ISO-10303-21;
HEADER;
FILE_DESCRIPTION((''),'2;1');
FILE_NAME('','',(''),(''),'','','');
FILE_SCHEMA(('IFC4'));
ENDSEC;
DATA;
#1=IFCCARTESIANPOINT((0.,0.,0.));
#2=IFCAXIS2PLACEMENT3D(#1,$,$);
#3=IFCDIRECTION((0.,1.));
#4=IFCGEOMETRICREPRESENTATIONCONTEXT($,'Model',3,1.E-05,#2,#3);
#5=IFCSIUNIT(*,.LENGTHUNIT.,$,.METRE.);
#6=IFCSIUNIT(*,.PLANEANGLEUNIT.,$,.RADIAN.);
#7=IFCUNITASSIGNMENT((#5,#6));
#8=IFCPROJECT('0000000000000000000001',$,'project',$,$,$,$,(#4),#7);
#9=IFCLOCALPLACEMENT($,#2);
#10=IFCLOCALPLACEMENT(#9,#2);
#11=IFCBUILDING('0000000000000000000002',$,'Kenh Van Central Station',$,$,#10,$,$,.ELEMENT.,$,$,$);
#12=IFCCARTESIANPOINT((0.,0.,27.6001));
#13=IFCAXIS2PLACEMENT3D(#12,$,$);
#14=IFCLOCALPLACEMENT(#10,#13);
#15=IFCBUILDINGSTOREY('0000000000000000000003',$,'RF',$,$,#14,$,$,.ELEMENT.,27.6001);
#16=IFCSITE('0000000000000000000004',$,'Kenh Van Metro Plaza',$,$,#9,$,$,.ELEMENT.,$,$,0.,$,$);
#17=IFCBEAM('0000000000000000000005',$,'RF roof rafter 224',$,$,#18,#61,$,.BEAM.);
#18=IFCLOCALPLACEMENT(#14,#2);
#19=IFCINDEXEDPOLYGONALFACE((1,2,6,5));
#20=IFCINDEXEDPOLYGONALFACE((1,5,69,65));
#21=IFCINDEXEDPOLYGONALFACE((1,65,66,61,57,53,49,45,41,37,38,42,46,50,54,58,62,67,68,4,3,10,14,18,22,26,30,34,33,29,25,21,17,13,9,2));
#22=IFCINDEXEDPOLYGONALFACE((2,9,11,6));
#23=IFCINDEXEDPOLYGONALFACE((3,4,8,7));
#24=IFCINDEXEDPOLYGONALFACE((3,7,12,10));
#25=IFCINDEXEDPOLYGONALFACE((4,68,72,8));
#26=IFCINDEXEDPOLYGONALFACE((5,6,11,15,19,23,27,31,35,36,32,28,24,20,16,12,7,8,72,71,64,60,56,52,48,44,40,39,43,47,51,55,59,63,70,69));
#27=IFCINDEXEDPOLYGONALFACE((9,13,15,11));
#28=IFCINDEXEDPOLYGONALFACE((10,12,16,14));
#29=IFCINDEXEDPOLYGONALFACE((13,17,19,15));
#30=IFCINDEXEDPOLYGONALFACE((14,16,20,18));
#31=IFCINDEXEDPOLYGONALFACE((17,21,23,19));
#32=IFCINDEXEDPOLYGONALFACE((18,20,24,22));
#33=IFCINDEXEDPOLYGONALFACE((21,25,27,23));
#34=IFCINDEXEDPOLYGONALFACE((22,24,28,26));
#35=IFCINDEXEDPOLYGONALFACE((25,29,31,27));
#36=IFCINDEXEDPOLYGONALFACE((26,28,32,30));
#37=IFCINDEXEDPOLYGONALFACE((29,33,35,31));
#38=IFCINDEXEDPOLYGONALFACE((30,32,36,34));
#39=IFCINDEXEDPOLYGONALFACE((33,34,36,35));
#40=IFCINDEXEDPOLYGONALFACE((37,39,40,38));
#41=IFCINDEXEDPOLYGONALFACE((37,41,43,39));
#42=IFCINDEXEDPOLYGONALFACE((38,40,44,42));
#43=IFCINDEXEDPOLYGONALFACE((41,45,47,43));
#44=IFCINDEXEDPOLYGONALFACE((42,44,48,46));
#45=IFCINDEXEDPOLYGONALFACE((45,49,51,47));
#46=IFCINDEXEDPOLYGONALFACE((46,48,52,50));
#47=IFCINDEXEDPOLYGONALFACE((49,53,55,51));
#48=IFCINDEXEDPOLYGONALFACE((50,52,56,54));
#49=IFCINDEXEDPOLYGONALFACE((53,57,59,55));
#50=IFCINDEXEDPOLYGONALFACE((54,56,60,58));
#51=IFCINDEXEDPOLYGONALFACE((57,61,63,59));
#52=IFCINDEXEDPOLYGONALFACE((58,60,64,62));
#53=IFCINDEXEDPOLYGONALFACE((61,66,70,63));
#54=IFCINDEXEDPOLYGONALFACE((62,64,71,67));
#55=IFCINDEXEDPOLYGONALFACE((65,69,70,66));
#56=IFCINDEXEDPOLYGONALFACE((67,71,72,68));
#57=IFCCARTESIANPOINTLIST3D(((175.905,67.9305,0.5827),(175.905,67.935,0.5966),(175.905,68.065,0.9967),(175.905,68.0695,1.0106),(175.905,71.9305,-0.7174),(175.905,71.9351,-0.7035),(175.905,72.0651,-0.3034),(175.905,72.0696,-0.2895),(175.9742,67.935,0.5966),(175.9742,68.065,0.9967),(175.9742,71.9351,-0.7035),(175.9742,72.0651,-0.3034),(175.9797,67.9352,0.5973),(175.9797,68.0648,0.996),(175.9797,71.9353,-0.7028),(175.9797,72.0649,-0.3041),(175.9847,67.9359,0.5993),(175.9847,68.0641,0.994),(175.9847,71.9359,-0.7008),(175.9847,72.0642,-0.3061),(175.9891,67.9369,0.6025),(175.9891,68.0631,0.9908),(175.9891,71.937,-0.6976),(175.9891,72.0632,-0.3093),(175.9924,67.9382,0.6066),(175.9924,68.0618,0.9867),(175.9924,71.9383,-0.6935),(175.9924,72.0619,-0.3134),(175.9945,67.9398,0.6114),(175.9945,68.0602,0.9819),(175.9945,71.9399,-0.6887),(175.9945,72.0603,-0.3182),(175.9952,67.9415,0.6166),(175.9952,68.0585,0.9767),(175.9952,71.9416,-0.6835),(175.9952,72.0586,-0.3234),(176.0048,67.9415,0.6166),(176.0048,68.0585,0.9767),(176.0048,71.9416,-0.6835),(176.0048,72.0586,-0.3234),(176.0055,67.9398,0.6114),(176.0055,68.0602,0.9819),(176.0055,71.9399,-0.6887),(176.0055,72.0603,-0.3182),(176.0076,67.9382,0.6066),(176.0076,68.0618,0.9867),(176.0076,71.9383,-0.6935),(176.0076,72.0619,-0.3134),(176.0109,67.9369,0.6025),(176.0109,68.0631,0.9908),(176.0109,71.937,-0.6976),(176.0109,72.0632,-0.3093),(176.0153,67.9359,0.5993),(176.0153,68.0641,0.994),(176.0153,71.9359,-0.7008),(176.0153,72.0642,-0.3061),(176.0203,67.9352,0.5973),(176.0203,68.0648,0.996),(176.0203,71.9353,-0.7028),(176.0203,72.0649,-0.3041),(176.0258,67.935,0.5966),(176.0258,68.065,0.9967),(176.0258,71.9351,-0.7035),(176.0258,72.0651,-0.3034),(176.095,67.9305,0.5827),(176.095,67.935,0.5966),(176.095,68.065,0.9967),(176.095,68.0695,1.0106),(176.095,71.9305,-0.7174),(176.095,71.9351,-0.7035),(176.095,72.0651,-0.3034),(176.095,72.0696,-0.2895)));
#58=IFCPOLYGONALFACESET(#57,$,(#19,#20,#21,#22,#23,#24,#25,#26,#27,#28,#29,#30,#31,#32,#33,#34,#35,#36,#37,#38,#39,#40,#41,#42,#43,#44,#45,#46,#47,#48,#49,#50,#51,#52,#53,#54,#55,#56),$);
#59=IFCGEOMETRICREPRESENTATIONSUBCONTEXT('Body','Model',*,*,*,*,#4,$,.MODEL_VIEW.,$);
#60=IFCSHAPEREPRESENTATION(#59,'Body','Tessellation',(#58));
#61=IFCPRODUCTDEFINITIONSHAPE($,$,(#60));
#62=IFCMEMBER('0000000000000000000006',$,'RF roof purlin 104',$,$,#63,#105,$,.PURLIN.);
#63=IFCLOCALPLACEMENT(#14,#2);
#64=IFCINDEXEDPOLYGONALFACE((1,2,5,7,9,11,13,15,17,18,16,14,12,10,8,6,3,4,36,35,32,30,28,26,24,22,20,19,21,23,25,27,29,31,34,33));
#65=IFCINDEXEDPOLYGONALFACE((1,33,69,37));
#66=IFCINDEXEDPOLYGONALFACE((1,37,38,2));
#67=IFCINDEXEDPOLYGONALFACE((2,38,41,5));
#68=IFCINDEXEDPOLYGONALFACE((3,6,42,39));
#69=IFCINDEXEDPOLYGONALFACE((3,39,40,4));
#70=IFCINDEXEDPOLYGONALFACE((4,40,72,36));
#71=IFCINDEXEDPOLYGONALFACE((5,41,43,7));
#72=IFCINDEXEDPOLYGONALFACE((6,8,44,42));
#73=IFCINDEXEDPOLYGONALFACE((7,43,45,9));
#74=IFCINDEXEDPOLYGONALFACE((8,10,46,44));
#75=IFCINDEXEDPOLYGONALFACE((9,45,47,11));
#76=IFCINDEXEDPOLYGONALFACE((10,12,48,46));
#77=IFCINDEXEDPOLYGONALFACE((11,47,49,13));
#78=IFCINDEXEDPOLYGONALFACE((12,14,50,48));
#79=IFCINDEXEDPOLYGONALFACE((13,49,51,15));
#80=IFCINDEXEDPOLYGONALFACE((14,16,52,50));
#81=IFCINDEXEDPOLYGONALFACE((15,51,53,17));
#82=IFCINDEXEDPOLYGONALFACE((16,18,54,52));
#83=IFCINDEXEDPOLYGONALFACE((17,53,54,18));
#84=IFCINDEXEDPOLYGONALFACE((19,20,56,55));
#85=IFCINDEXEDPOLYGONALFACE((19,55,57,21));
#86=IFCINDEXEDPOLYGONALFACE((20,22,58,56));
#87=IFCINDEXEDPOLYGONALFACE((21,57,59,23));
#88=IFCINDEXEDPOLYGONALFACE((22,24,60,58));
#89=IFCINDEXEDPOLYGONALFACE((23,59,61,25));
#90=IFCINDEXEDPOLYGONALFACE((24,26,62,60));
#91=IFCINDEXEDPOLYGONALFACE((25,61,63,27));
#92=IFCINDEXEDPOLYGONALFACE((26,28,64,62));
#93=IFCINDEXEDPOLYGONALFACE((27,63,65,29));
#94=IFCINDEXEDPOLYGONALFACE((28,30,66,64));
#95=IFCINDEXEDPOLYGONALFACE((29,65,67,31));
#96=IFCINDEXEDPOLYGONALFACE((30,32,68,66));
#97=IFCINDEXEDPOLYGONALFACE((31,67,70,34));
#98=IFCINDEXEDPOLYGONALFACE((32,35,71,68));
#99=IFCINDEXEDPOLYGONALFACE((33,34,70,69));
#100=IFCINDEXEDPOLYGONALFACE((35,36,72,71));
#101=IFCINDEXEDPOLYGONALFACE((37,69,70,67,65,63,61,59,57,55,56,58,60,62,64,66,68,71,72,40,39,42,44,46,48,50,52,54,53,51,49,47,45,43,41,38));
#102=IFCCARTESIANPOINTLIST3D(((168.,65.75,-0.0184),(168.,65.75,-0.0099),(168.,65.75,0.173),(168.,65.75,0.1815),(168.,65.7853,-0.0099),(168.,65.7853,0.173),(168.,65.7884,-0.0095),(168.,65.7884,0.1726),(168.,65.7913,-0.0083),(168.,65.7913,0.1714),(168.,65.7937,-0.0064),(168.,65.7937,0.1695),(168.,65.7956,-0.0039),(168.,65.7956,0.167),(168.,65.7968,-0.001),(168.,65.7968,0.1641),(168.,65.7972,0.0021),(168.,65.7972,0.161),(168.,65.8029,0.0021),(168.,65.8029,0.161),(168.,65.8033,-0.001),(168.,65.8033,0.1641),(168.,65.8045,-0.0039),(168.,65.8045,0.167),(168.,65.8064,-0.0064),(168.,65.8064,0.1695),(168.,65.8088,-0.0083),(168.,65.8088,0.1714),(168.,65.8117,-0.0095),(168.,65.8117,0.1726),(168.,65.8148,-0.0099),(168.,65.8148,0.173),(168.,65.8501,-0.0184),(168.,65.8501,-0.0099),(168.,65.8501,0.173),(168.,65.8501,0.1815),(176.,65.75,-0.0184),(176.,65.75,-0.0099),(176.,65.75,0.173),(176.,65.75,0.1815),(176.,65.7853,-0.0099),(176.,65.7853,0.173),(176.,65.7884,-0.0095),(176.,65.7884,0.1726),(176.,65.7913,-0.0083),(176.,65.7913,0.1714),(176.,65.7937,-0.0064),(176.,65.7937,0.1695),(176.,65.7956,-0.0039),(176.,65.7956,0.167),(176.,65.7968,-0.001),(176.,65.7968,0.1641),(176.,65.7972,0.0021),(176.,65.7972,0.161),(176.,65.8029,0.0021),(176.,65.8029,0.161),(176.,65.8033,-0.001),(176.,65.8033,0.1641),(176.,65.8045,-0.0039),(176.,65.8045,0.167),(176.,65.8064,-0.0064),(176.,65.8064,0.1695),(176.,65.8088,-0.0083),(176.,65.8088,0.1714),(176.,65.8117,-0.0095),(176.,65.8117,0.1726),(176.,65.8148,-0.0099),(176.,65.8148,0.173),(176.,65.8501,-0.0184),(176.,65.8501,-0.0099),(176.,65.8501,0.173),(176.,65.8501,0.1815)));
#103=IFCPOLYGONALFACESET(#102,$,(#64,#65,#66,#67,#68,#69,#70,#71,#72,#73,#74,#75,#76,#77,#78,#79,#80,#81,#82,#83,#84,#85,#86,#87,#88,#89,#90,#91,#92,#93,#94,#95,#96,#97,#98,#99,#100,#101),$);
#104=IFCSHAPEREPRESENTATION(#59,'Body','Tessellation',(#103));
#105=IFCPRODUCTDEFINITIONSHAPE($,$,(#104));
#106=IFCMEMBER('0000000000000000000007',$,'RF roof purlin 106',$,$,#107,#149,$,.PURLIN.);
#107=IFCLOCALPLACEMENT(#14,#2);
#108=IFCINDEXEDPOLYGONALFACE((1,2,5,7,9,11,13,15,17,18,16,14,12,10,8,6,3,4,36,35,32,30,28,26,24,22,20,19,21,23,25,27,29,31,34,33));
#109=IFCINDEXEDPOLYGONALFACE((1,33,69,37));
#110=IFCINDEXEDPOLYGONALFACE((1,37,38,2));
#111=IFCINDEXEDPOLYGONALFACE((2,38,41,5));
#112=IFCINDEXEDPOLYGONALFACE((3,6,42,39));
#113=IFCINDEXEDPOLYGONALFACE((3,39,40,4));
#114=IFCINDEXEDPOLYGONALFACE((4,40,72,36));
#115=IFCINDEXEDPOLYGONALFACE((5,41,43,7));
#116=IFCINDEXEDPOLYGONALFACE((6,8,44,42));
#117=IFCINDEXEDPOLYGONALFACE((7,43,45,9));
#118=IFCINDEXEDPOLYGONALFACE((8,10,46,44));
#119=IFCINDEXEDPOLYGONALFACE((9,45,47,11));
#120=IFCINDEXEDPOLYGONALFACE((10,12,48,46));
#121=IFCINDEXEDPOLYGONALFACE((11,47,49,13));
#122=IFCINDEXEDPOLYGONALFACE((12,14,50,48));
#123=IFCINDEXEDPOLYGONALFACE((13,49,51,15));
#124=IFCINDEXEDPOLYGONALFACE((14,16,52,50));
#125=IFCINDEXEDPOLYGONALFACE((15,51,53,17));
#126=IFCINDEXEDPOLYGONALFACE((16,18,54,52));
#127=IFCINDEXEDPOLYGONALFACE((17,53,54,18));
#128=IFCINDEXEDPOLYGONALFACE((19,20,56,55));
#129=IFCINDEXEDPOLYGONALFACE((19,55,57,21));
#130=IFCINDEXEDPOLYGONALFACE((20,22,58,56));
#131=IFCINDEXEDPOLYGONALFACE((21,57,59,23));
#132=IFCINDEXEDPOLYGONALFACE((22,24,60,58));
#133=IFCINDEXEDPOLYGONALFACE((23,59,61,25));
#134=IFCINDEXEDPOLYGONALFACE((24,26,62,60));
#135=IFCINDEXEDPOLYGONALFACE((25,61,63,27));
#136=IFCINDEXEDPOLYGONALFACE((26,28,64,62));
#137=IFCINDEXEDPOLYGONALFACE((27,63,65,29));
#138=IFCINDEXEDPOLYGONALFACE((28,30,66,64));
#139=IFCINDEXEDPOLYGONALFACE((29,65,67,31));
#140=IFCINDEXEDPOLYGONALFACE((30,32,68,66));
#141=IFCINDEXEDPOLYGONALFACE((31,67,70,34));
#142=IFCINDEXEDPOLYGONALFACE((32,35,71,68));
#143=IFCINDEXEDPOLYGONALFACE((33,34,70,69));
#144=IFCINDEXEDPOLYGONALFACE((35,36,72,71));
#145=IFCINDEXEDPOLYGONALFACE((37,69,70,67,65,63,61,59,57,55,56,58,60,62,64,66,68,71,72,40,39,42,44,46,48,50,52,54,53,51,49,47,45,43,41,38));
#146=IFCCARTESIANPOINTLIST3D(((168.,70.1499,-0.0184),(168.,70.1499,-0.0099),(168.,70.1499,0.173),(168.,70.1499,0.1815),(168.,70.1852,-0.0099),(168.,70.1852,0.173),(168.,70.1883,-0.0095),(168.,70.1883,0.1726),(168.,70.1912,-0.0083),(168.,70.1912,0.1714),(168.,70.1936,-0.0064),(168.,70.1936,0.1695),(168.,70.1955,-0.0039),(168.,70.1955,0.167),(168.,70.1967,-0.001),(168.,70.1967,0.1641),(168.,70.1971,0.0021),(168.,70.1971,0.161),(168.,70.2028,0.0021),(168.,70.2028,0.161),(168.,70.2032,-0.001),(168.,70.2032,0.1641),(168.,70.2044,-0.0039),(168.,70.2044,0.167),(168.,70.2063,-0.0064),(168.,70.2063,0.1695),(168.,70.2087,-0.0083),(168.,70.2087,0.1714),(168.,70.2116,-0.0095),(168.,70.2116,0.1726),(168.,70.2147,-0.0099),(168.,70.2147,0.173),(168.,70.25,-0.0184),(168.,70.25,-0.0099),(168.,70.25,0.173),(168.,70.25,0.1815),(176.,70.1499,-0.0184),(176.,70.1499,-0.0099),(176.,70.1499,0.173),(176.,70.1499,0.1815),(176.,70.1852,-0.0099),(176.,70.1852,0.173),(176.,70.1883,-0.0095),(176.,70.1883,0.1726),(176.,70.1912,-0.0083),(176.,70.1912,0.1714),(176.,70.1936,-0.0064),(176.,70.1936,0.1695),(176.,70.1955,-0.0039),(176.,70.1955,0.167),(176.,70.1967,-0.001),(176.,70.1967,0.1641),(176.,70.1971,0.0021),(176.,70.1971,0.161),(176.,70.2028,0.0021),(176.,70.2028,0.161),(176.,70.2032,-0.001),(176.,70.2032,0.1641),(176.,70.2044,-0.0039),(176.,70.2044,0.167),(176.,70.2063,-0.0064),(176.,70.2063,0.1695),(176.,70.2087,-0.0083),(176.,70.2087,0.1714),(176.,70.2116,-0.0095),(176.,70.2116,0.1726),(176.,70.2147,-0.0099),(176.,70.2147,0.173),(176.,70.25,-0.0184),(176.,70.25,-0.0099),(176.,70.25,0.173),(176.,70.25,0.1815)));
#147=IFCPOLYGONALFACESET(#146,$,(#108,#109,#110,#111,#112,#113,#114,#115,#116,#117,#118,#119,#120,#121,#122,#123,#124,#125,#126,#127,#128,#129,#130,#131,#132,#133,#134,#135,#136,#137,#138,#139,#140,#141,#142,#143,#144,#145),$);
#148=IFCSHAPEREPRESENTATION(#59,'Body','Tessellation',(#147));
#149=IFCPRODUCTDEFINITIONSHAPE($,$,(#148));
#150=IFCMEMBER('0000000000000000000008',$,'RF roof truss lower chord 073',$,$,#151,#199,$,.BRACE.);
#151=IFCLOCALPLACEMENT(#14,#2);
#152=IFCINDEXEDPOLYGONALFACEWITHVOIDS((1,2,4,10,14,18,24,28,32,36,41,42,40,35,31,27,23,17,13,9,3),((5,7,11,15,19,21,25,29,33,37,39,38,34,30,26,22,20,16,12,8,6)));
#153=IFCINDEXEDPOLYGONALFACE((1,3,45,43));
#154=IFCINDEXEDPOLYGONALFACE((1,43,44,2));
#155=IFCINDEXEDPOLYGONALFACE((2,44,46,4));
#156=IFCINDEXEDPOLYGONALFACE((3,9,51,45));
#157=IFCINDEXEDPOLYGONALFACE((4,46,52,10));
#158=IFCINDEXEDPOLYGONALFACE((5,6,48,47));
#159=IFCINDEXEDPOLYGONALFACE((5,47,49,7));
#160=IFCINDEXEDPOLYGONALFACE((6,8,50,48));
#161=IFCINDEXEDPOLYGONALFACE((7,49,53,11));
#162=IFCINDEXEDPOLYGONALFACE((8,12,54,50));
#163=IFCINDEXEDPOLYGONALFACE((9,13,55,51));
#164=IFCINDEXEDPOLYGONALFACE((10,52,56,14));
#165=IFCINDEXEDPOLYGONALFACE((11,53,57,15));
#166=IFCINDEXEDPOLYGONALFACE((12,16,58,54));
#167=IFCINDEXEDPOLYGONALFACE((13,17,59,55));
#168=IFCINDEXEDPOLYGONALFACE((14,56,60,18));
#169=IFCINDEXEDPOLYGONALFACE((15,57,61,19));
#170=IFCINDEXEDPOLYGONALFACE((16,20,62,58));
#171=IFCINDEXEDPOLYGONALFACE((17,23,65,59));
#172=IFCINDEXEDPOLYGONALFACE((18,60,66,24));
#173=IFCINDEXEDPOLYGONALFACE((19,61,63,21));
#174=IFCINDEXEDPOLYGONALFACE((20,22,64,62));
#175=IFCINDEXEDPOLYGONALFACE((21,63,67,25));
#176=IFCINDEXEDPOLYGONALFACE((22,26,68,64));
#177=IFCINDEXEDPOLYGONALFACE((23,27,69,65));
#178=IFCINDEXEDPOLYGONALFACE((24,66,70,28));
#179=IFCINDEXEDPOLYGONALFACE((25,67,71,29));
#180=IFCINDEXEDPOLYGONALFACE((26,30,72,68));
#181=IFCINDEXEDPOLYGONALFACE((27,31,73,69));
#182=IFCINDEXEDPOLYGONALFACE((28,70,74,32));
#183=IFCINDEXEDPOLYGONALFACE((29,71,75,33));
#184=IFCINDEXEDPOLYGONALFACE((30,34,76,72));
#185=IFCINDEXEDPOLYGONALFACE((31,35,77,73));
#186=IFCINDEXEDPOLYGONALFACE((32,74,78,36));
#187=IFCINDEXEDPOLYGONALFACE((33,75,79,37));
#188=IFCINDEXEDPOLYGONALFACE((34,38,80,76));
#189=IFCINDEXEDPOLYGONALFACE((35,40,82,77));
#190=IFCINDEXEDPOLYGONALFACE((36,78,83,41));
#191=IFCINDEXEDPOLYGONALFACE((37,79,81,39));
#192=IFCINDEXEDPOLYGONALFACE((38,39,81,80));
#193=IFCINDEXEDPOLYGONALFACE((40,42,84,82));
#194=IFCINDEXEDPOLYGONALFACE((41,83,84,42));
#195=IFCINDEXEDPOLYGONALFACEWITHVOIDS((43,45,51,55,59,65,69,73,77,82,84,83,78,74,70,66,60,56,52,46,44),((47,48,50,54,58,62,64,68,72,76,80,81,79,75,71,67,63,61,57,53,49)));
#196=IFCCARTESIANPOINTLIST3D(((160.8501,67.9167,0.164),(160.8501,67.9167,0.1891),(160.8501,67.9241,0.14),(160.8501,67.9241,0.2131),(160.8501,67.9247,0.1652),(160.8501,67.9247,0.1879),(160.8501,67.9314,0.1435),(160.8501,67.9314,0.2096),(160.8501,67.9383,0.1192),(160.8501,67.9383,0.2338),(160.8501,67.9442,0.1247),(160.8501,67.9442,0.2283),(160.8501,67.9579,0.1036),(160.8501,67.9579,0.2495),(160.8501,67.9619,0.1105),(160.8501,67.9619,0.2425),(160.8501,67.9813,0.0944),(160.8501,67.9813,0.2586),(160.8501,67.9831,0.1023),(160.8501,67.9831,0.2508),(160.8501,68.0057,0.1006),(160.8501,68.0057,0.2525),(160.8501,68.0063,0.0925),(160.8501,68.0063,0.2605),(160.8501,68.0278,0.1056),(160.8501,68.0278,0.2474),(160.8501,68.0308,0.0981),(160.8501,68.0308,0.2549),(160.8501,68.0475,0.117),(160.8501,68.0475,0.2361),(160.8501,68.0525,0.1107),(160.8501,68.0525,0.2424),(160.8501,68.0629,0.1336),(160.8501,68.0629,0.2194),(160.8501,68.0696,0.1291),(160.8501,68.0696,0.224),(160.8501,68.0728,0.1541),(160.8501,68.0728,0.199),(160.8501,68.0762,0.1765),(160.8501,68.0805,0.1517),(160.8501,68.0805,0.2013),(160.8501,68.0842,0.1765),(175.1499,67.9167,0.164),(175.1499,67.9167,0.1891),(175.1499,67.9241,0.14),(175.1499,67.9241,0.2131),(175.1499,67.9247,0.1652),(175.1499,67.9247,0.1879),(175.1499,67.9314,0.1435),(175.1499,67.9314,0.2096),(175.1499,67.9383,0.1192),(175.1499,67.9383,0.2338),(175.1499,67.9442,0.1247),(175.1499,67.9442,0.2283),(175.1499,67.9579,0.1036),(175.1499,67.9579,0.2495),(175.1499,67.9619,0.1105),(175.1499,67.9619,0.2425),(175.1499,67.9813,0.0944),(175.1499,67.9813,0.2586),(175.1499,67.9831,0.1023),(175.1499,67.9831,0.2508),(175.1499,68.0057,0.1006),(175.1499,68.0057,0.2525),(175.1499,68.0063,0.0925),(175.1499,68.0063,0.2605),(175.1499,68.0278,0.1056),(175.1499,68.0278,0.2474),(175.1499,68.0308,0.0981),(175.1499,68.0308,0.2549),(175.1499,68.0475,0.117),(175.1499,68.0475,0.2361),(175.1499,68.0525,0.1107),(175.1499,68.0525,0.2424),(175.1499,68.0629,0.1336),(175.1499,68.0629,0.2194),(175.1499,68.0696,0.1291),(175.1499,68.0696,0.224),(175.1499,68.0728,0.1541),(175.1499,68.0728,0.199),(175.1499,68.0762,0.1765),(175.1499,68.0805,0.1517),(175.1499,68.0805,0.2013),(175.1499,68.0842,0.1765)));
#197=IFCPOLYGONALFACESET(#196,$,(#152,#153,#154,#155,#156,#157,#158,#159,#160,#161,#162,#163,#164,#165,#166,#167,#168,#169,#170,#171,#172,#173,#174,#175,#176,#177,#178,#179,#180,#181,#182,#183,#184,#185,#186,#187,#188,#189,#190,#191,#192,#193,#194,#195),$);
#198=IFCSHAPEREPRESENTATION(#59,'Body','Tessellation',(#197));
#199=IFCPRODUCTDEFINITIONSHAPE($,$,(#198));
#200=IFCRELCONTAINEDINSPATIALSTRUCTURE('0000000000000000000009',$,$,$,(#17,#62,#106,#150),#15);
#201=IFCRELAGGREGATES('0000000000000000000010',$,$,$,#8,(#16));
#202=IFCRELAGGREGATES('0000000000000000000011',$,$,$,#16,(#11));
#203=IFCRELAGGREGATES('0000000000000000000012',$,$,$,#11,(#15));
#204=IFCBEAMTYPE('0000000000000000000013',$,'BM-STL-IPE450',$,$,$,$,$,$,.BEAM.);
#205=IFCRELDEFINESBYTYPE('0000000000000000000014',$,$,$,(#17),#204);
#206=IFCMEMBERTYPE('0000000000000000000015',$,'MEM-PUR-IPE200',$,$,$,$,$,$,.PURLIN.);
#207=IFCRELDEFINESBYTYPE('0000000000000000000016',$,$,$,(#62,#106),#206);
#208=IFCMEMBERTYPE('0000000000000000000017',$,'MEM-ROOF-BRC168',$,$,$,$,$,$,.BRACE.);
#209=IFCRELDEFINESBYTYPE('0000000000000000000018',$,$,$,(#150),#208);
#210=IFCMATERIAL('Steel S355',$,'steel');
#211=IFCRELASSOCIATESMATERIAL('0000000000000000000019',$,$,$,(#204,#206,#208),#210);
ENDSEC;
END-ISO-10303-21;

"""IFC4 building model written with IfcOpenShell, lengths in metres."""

from ifc_helpers import new_model, si_unit, direction, frame, origin, origin_2d, place, context, subcontext, project, spatial, hollow_circle, i_section, extrude, material, material_profile, profile_set, type_object, element, save


model = new_model("IFC4")

# Units and contexts
model_context = context("Model", 3, precision=1e-05, world=origin(), true_north=direction((0.0, 1.0)))
body_context = subcontext(model_context, "Body", "Model", "MODEL_VIEW")
ifc_project = project(units=[si_unit("LENGTHUNIT", "METRE"), si_unit("PLANEANGLEUNIT", "RADIAN")], contexts=[model_context])

# Site, building, storey
site_placement = place(None, origin())
site = spatial("IfcSite", under=ifc_project, at=site_placement, Name="Kenh Van Metro Plaza", CompositionType="ELEMENT", RefElevation=0.0)
building_placement = place(site_placement, origin())
building = spatial("IfcBuilding", under=site, at=building_placement, Name="Kenh Van Central Station", CompositionType="ELEMENT")
storey_placement = place(building_placement, frame((0.0, 0.0, 27.6001)))
storey = spatial("IfcBuildingStorey", under=building, at=storey_placement, Name="RF", CompositionType="ELEMENT", Elevation=27.6001)

# Beam
ifc_material_1 = material(Name="Steel S355", Category="steel")
ifc_material_profile_1 = material_profile(ifc_material_1, i_section(OverallWidth=0.1899, OverallDepth=0.45, WebThickness=0.0095, FlangeThickness=0.0146, FilletRadius=0.021, at=origin_2d()), Name="IPE 450")
ifc_profile_set_1 = profile_set([ifc_material_profile_1], Name="Steel S355")
beam_type = type_object("IfcBeamType", Name="BM-STL-IPE450", PredefinedType="BEAM", material=ifc_profile_set_1)
for number, where, z_axis, x_axis, name in (
    (1, (176.0, 68.0, 0.7966), (0.0, 0.951031, -0.309097), (-1.0, 0.0, 0.0), "RF roof rafter 224"),
):
    element("IfcBeam", number, at=place(storey_placement, frame(where, z_axis=z_axis, x_axis=x_axis)), inside=storey, type_object=beam_type, Name=name, PredefinedType="BEAM", context=body_context, shape_type="SweptSolid", body=[
        extrude(i_section(OverallWidth=0.1899, OverallDepth=0.45, WebThickness=0.0095, FlangeThickness=0.0146, FilletRadius=0.021, at=origin_2d()), origin(), (0.0, 0.0, 1.0), 4.2061),
    ])

# Members
ifc_material_profile_2 = material_profile(ifc_material_1, i_section(OverallWidth=0.1001, OverallDepth=0.2, WebThickness=0.0056, FlangeThickness=0.0085, FilletRadius=0.012, at=origin_2d()), Name="IPE 200")
ifc_profile_set_2 = profile_set([ifc_material_profile_2], Name="Steel S355")
member_type_1 = type_object("IfcMemberType", Name="MEM-PUR-IPE200", PredefinedType="PURLIN", material=ifc_profile_set_2)
for number, where, z_axis, x_axis, name in (
    (2, (168.0, 65.8, 0.0815), (1.0, 0.0, 0.0), (0.0, 1.0, 0.0), "RF roof purlin 104"),
    (3, (168.0, 70.2, 0.0815), (1.0, 0.0, 0.0), (0.0, 1.0, 0.0), "RF roof purlin 106"),
):
    element("IfcMember", number, at=place(storey_placement, frame(where, z_axis=z_axis, x_axis=x_axis)), inside=storey, type_object=member_type_1, Name=name, PredefinedType="PURLIN", context=body_context, shape_type="SweptSolid", body=[
        extrude(i_section(OverallWidth=0.1001, OverallDepth=0.2, WebThickness=0.0056, FlangeThickness=0.0085, FilletRadius=0.012, at=origin_2d()), origin(), (0.0, 0.0, 1.0), 8.0),
    ])
ifc_material_profile_3 = material_profile(ifc_material_1, hollow_circle(Radius=0.0842, WallThickness=0.0081, at=origin_2d()), Name="CHS 168.3x8")
ifc_profile_set_3 = profile_set([ifc_material_profile_3], Name="Steel S355")
member_type_2 = type_object("IfcMemberType", Name="MEM-ROOF-BRC168", PredefinedType="BRACE", material=ifc_profile_set_3)
member_1_placement = place(storey_placement, frame((160.8501, 68.0, 0.1765), z_axis=(1.0, 0.0, 0.0), x_axis=(0.0, 1.0, 0.0)))
element("IfcMember", 4, at=member_1_placement, inside=storey, type_object=member_type_2, Name="RF roof truss lower chord 073", PredefinedType="BRACE", context=body_context, shape_type="SweptSolid", body=[
    extrude(hollow_circle(Radius=0.0842, WallThickness=0.0081, at=origin_2d()), origin(), (0.0, 0.0, 1.0), 14.2998),
])

save(model, "model.ifc")
